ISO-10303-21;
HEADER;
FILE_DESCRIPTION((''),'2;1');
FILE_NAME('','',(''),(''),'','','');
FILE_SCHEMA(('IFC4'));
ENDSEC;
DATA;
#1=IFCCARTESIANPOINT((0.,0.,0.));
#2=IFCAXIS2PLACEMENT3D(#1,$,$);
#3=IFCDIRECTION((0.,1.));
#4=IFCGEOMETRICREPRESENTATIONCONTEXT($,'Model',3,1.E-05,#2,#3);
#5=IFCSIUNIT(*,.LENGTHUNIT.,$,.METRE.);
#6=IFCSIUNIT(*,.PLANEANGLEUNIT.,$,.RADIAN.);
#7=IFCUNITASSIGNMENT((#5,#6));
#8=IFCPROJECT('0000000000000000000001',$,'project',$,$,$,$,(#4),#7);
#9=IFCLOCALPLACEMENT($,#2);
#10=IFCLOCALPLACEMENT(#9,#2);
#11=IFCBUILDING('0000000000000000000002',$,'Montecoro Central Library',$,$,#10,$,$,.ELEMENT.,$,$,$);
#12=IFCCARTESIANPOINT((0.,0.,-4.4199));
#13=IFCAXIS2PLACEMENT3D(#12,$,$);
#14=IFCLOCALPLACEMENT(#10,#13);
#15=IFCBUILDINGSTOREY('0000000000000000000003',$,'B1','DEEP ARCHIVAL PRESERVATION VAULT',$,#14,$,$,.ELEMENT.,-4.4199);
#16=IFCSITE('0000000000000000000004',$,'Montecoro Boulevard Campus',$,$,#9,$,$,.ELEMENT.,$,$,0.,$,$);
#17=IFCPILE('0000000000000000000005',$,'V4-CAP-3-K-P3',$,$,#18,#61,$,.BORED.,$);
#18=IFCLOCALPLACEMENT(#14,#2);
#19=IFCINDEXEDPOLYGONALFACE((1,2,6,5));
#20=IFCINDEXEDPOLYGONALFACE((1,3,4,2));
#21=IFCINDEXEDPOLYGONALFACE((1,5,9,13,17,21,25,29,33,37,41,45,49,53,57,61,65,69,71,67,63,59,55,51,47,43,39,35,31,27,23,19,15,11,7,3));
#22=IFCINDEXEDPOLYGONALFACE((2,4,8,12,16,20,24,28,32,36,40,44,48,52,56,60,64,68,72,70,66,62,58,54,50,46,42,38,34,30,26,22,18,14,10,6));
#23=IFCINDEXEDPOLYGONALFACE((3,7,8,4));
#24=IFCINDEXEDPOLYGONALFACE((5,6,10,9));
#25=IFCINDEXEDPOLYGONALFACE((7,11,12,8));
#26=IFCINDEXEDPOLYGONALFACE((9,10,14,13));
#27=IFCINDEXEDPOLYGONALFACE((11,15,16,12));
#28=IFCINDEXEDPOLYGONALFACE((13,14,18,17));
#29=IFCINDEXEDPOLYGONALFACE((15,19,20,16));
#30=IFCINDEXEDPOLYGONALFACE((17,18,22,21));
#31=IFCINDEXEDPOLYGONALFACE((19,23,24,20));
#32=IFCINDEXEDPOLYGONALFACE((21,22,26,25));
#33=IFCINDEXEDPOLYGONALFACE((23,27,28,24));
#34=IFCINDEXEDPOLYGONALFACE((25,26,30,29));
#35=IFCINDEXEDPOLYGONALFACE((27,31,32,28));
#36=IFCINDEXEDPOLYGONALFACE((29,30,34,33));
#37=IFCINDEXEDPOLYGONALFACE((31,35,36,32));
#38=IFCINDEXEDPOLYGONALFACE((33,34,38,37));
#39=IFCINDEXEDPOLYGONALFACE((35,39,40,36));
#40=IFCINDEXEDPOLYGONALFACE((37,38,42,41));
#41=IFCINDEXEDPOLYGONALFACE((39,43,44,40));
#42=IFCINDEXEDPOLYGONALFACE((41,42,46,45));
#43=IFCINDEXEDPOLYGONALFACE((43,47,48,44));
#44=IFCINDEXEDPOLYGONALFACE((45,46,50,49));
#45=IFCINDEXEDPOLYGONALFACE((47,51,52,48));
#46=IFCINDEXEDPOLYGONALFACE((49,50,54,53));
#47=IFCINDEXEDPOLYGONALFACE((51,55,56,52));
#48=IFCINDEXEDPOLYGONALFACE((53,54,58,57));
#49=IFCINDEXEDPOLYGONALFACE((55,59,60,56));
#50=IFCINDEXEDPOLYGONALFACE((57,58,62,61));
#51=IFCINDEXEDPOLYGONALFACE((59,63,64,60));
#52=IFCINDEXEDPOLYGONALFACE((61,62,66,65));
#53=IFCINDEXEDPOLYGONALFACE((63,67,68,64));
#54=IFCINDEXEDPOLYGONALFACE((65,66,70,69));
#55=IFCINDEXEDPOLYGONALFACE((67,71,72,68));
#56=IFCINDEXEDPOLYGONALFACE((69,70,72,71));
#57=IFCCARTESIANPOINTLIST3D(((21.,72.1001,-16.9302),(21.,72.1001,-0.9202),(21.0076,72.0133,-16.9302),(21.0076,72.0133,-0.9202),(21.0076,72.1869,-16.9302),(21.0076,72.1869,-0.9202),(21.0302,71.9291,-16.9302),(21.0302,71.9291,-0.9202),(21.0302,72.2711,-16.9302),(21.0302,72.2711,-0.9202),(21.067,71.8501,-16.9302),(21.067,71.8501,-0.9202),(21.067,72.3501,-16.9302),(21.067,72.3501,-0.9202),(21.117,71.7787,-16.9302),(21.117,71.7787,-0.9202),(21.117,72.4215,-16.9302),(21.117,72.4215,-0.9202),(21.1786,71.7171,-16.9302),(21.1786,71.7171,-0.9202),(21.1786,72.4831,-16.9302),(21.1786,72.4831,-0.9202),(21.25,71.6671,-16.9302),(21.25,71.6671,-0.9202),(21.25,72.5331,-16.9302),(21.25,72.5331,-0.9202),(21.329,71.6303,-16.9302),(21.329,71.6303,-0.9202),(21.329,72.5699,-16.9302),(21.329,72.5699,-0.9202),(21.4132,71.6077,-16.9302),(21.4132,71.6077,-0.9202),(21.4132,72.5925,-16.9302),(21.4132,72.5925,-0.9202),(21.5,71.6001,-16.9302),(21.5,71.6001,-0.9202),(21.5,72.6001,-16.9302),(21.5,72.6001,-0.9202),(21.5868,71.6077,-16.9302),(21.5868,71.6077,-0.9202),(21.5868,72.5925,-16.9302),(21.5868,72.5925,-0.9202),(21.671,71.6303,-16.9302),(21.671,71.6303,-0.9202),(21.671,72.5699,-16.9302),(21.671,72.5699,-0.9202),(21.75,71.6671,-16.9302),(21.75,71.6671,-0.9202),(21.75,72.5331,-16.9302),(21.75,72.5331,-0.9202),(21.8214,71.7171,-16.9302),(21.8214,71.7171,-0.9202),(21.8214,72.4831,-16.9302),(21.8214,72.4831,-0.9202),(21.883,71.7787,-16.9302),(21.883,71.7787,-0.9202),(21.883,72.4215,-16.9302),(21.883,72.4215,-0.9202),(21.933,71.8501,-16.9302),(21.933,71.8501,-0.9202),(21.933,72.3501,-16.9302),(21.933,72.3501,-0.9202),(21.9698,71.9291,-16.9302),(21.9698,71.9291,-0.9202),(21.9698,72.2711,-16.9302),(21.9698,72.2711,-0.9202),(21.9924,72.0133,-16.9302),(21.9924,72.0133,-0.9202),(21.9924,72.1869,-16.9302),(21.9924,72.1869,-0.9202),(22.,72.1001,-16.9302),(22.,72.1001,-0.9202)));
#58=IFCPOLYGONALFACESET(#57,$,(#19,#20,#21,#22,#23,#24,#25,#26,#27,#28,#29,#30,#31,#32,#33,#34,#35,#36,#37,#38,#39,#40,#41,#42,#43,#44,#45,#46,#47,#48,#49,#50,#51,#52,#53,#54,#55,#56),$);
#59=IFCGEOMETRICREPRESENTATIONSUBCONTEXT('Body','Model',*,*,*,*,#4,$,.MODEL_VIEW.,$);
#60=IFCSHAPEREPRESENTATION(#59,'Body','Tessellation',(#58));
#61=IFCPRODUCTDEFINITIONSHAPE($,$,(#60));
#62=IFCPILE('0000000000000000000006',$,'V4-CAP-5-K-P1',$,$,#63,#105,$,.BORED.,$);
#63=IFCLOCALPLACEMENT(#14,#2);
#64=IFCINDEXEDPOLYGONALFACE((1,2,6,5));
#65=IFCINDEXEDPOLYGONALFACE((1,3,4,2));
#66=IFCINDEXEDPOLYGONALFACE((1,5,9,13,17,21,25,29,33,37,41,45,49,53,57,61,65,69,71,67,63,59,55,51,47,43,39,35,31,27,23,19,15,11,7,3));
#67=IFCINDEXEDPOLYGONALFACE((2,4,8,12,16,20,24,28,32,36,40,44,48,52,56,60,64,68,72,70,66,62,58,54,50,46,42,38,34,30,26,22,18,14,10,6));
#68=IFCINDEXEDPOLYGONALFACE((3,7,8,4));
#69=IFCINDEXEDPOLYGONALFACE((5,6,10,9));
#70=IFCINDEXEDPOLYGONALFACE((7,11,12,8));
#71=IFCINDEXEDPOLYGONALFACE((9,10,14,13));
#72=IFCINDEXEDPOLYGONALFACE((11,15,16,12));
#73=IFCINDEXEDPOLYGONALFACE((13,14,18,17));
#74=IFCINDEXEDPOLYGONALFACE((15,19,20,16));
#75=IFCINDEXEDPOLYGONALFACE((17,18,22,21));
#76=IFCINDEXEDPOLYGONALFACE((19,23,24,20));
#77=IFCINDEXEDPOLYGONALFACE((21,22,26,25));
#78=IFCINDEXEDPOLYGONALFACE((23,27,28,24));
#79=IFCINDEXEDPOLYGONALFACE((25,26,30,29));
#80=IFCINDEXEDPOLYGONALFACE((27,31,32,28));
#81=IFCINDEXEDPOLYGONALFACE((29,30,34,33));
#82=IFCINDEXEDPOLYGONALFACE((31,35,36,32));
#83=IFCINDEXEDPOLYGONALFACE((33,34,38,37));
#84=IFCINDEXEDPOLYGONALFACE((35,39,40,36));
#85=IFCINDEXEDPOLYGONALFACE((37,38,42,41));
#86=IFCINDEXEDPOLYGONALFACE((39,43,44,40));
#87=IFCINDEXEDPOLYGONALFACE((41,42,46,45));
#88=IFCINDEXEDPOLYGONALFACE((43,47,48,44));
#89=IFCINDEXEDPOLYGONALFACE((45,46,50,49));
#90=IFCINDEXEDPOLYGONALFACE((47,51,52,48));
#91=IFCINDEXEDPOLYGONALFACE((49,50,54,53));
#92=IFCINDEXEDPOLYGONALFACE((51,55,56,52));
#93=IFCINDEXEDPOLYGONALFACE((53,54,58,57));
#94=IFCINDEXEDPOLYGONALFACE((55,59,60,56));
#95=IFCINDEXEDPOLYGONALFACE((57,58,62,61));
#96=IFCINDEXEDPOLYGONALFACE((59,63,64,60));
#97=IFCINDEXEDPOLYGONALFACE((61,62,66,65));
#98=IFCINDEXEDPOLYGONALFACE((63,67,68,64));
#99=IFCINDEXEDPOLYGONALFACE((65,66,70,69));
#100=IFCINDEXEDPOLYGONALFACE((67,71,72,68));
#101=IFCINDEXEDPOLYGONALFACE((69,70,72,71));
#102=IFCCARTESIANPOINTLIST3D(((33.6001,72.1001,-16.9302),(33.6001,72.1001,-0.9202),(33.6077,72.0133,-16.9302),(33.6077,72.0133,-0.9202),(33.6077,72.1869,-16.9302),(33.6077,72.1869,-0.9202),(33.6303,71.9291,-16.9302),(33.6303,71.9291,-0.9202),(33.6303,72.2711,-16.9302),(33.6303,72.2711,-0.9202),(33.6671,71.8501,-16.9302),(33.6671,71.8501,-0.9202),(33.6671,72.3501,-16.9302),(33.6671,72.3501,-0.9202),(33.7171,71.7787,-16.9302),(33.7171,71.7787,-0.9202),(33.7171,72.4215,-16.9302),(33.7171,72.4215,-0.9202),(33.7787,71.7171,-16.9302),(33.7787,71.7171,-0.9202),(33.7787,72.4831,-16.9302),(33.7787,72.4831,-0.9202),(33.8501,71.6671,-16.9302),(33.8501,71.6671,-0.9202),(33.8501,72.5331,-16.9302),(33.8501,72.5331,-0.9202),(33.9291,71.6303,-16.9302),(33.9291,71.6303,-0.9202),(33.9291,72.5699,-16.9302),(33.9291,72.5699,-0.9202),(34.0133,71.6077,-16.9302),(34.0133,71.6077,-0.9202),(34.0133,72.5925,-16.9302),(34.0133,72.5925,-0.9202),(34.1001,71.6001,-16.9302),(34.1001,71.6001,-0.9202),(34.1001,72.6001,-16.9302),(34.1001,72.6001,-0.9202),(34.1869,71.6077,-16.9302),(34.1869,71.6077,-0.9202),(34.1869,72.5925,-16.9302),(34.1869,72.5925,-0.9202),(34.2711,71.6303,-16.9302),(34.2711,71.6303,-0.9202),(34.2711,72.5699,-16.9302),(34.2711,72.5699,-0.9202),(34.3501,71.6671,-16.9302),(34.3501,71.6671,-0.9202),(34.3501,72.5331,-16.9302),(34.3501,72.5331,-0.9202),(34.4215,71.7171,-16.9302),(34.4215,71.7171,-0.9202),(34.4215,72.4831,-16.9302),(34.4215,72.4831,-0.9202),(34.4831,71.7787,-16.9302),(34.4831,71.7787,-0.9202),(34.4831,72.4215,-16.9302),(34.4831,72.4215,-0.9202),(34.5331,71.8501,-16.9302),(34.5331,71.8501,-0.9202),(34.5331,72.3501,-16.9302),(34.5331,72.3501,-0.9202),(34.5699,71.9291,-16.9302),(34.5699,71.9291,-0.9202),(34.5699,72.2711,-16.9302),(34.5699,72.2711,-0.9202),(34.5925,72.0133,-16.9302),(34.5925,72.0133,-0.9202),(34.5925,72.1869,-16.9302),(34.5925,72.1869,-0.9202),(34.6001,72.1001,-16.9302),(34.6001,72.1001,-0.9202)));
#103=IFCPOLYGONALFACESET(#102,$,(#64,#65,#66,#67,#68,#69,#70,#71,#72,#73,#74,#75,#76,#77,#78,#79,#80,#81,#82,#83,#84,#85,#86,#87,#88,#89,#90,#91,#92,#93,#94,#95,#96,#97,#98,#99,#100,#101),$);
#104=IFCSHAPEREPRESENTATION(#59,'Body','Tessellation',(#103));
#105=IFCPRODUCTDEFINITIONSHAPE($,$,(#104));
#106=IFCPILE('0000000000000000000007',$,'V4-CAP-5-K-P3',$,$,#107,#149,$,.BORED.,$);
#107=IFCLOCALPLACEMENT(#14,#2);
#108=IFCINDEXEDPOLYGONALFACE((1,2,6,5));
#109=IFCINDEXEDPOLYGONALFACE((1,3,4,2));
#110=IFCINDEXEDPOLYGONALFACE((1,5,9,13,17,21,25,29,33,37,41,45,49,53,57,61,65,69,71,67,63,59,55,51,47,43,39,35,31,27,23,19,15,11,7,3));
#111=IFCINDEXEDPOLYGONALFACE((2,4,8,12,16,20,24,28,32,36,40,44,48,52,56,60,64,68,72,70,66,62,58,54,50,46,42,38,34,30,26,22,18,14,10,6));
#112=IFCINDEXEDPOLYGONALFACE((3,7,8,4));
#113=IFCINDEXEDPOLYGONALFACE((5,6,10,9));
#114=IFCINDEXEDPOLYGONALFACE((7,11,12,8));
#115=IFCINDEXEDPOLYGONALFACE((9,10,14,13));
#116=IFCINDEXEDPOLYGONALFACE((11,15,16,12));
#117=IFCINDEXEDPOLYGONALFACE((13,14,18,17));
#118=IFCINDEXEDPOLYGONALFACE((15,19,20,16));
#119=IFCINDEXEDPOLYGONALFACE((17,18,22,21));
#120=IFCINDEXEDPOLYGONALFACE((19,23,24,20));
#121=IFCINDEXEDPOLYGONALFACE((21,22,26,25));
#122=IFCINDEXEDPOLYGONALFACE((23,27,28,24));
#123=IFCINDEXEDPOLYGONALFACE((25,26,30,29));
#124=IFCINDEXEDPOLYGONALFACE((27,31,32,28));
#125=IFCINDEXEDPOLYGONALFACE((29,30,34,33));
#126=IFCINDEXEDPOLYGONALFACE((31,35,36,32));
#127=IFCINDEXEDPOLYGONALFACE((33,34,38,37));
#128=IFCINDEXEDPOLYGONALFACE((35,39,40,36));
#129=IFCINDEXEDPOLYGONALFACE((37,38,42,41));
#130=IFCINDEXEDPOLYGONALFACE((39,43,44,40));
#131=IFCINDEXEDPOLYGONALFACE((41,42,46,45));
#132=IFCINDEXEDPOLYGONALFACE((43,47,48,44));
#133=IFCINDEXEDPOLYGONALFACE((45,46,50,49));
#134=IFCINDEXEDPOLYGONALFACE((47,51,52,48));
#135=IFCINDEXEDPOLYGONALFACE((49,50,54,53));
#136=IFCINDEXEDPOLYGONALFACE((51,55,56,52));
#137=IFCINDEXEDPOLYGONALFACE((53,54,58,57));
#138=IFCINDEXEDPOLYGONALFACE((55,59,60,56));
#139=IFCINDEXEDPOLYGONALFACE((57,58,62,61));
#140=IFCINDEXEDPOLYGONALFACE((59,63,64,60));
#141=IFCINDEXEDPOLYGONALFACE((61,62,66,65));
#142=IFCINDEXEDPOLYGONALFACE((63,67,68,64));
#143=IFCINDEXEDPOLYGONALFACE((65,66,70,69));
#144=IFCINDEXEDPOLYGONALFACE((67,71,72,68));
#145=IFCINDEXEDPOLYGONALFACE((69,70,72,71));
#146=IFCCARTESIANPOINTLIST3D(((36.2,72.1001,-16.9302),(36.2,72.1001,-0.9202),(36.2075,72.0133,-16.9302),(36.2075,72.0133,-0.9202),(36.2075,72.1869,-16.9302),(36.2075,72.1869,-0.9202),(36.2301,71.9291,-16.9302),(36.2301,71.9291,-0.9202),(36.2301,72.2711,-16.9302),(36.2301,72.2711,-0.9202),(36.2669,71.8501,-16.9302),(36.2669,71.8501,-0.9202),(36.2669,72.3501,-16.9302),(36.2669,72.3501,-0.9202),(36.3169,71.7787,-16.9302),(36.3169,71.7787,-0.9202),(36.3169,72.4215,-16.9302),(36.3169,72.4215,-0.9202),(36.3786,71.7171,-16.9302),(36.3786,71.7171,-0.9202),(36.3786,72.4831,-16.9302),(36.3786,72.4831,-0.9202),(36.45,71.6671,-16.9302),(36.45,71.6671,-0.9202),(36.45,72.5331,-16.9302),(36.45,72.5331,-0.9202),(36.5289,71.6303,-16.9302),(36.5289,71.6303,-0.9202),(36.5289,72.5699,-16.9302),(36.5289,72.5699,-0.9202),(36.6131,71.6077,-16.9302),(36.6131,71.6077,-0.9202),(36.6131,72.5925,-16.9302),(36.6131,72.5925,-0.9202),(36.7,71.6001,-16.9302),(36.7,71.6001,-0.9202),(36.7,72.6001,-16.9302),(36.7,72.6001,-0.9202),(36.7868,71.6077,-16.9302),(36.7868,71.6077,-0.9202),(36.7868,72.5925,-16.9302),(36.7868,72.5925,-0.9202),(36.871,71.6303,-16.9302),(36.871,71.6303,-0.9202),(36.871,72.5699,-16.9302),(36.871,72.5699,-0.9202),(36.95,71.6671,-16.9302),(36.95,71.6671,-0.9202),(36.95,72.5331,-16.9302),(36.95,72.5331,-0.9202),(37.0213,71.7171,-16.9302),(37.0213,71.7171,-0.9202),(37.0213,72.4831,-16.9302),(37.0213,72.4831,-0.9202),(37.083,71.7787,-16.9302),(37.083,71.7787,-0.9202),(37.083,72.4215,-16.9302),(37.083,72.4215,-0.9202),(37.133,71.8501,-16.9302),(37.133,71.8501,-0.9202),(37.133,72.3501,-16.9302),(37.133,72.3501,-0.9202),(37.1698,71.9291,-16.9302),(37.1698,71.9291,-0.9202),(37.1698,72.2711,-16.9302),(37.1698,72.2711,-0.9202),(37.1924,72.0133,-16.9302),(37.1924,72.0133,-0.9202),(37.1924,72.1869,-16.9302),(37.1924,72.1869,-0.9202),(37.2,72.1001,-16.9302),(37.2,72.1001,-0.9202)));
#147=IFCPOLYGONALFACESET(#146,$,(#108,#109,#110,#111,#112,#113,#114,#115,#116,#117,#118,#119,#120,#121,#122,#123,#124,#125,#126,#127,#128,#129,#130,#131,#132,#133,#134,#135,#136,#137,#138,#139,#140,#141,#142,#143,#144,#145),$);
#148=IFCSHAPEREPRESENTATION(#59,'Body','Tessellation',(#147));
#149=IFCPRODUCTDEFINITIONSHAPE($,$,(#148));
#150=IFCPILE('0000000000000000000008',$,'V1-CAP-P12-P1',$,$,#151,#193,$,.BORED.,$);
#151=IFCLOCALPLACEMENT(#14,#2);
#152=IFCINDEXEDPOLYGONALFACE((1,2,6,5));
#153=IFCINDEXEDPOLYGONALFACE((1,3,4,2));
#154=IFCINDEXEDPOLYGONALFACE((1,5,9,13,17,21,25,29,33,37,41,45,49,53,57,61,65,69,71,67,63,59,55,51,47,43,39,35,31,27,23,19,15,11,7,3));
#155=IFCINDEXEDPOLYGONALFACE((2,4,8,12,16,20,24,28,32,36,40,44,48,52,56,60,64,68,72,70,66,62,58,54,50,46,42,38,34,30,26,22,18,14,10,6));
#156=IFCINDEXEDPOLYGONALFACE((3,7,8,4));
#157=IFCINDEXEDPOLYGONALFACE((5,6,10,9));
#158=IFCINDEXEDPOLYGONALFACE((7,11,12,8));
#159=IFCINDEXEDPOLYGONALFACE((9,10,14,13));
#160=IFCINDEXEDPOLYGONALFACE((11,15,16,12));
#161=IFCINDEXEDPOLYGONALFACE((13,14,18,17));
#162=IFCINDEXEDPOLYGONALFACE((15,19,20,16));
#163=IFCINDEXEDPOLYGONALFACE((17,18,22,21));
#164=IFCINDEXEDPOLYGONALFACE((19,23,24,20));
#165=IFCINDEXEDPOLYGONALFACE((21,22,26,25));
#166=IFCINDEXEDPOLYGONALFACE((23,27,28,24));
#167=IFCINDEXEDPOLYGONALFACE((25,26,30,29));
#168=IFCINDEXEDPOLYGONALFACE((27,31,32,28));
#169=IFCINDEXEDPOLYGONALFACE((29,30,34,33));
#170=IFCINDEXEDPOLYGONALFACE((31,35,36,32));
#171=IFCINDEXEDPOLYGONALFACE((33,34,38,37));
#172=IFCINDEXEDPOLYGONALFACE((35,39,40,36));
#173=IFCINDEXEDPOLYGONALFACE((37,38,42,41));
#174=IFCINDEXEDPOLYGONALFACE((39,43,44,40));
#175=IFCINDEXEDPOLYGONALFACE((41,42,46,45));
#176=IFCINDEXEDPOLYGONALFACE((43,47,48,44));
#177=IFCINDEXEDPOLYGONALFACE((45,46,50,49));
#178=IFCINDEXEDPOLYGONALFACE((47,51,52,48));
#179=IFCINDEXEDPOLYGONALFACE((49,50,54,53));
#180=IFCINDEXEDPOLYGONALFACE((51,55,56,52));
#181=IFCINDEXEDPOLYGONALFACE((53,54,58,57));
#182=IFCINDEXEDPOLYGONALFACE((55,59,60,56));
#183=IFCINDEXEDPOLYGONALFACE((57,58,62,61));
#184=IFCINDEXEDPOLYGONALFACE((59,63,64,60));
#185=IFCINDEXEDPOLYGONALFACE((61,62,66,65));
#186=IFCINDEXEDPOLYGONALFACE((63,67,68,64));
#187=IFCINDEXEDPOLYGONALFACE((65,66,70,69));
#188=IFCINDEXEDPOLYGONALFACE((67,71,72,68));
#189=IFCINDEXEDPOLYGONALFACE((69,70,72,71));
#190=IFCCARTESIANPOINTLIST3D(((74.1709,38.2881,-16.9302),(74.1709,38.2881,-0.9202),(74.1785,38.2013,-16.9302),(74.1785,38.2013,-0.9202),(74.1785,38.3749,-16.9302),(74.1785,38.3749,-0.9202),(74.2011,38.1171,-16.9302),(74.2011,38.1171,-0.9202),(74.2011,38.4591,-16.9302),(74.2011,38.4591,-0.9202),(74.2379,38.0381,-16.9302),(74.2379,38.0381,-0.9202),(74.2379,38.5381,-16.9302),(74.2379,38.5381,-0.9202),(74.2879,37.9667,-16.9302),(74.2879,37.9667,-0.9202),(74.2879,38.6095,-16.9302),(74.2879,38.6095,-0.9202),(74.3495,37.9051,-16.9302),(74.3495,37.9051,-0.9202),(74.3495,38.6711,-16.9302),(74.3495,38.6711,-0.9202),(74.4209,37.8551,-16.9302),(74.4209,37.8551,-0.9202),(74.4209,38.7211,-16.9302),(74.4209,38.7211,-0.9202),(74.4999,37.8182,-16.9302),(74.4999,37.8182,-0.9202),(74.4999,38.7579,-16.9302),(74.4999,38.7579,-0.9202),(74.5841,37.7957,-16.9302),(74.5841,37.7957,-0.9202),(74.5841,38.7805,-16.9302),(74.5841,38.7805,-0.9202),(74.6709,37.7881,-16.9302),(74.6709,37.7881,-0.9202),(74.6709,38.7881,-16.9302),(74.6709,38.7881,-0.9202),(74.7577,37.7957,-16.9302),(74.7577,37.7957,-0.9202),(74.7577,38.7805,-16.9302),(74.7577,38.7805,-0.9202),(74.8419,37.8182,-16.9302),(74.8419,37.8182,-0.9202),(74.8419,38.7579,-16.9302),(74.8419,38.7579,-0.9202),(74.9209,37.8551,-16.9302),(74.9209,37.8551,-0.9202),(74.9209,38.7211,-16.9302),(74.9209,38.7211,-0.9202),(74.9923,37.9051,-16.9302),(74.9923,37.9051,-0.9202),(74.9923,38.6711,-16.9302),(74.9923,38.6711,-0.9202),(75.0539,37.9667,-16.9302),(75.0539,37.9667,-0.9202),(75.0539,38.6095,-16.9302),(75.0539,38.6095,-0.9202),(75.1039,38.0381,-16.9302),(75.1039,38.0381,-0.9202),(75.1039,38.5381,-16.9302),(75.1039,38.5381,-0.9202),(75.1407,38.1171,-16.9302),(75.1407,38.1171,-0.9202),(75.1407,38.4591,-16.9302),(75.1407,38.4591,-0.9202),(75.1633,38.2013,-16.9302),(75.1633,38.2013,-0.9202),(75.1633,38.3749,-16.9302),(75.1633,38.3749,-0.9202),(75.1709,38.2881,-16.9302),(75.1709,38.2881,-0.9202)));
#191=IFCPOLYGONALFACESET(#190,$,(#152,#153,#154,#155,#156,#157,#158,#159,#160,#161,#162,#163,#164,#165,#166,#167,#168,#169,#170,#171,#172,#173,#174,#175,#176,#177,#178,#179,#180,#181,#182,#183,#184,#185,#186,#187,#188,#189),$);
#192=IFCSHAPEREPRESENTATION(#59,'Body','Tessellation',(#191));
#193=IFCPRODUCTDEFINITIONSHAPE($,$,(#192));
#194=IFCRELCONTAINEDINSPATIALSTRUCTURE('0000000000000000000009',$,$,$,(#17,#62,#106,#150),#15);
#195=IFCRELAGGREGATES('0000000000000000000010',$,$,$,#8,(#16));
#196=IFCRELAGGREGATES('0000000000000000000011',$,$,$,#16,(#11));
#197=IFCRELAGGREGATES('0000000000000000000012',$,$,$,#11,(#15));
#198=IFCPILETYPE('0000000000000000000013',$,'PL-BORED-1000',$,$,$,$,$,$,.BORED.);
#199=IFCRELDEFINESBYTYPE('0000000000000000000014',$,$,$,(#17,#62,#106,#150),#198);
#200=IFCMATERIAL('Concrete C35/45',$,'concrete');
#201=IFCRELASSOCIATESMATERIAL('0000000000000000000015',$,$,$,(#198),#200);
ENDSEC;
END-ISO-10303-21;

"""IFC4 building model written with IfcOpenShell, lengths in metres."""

from ifc_helpers import new_model, si_unit, direction, frame, origin, origin_2d, place, context, subcontext, project, spatial, circle, extrude, material, material_profile, profile_set, type_object, element, save


model = new_model("IFC4")

# Units and contexts
model_context = context("Model", 3, precision=1e-05, world=origin(), true_north=direction((0.0, 1.0)))
body_context = subcontext(model_context, "Body", "Model", "MODEL_VIEW")
ifc_project = project(units=[si_unit("LENGTHUNIT", "METRE"), si_unit("PLANEANGLEUNIT", "RADIAN")], contexts=[model_context])

# Site, building, storey
site_placement = place(None, origin())
site = spatial("IfcSite", under=ifc_project, at=site_placement, Name="Montecoro Boulevard Campus", CompositionType="ELEMENT", RefElevation=0.0)
building_placement = place(site_placement, origin())
building = spatial("IfcBuilding", under=site, at=building_placement, Name="Montecoro Central Library", CompositionType="ELEMENT")
storey_placement = place(building_placement, frame((0.0, 0.0, -4.4199)))
storey = spatial("IfcBuildingStorey", under=building, at=storey_placement, Name="B1", Description="DEEP ARCHIVAL PRESERVATION VAULT", CompositionType="ELEMENT", Elevation=-4.4199)

# Shared definitions
ifc_material_1 = material(Name="Concrete C35/45", Category="concrete")

# Piles
ifc_material_profile_1 = material_profile(ifc_material_1, circle(Radius=0.5, at=origin_2d()), Name="PILE D1000")
ifc_profile_set_1 = profile_set([ifc_material_profile_1], Name="Concrete C35/45")
pile_type_1 = type_object("IfcPileType", Name="PL-BORED-1000", PredefinedType="BORED", material=ifc_profile_set_1)
for number, where, z_axis, x_axis, name in (
    (1, (21.5, 72.1001, -0.9202), (0.0, 0.0, -1.0), (1.0, 0.0, 0.0), "V4-CAP-3-K-P3"),
    (2, (34.1001, 72.1001, -0.9202), (0.0, 0.0, -1.0), (1.0, 0.0, 0.0), "V4-CAP-5-K-P1"),
    (3, (36.7, 72.1001, -0.9202), (0.0, 0.0, -1.0), (1.0, 0.0, 0.0), "V4-CAP-5-K-P3"),
    (4, (74.6709, 38.2881, -0.9202), (0.0, 0.0, -1.0), (1.0, 0.0, 0.0), "V1-CAP-P12-P1"),
):
    element("IfcPile", number, at=place(storey_placement, frame(where, z_axis=z_axis, x_axis=x_axis)), inside=storey, type_object=pile_type_1, Name=name, PredefinedType="BORED", context=body_context, shape_type="SweptSolid", body=[
        extrude(circle(Radius=0.5, at=origin_2d()), origin(), (0.0, 0.0, 1.0), 16.01),
    ])

save(model, "model.ifc")
